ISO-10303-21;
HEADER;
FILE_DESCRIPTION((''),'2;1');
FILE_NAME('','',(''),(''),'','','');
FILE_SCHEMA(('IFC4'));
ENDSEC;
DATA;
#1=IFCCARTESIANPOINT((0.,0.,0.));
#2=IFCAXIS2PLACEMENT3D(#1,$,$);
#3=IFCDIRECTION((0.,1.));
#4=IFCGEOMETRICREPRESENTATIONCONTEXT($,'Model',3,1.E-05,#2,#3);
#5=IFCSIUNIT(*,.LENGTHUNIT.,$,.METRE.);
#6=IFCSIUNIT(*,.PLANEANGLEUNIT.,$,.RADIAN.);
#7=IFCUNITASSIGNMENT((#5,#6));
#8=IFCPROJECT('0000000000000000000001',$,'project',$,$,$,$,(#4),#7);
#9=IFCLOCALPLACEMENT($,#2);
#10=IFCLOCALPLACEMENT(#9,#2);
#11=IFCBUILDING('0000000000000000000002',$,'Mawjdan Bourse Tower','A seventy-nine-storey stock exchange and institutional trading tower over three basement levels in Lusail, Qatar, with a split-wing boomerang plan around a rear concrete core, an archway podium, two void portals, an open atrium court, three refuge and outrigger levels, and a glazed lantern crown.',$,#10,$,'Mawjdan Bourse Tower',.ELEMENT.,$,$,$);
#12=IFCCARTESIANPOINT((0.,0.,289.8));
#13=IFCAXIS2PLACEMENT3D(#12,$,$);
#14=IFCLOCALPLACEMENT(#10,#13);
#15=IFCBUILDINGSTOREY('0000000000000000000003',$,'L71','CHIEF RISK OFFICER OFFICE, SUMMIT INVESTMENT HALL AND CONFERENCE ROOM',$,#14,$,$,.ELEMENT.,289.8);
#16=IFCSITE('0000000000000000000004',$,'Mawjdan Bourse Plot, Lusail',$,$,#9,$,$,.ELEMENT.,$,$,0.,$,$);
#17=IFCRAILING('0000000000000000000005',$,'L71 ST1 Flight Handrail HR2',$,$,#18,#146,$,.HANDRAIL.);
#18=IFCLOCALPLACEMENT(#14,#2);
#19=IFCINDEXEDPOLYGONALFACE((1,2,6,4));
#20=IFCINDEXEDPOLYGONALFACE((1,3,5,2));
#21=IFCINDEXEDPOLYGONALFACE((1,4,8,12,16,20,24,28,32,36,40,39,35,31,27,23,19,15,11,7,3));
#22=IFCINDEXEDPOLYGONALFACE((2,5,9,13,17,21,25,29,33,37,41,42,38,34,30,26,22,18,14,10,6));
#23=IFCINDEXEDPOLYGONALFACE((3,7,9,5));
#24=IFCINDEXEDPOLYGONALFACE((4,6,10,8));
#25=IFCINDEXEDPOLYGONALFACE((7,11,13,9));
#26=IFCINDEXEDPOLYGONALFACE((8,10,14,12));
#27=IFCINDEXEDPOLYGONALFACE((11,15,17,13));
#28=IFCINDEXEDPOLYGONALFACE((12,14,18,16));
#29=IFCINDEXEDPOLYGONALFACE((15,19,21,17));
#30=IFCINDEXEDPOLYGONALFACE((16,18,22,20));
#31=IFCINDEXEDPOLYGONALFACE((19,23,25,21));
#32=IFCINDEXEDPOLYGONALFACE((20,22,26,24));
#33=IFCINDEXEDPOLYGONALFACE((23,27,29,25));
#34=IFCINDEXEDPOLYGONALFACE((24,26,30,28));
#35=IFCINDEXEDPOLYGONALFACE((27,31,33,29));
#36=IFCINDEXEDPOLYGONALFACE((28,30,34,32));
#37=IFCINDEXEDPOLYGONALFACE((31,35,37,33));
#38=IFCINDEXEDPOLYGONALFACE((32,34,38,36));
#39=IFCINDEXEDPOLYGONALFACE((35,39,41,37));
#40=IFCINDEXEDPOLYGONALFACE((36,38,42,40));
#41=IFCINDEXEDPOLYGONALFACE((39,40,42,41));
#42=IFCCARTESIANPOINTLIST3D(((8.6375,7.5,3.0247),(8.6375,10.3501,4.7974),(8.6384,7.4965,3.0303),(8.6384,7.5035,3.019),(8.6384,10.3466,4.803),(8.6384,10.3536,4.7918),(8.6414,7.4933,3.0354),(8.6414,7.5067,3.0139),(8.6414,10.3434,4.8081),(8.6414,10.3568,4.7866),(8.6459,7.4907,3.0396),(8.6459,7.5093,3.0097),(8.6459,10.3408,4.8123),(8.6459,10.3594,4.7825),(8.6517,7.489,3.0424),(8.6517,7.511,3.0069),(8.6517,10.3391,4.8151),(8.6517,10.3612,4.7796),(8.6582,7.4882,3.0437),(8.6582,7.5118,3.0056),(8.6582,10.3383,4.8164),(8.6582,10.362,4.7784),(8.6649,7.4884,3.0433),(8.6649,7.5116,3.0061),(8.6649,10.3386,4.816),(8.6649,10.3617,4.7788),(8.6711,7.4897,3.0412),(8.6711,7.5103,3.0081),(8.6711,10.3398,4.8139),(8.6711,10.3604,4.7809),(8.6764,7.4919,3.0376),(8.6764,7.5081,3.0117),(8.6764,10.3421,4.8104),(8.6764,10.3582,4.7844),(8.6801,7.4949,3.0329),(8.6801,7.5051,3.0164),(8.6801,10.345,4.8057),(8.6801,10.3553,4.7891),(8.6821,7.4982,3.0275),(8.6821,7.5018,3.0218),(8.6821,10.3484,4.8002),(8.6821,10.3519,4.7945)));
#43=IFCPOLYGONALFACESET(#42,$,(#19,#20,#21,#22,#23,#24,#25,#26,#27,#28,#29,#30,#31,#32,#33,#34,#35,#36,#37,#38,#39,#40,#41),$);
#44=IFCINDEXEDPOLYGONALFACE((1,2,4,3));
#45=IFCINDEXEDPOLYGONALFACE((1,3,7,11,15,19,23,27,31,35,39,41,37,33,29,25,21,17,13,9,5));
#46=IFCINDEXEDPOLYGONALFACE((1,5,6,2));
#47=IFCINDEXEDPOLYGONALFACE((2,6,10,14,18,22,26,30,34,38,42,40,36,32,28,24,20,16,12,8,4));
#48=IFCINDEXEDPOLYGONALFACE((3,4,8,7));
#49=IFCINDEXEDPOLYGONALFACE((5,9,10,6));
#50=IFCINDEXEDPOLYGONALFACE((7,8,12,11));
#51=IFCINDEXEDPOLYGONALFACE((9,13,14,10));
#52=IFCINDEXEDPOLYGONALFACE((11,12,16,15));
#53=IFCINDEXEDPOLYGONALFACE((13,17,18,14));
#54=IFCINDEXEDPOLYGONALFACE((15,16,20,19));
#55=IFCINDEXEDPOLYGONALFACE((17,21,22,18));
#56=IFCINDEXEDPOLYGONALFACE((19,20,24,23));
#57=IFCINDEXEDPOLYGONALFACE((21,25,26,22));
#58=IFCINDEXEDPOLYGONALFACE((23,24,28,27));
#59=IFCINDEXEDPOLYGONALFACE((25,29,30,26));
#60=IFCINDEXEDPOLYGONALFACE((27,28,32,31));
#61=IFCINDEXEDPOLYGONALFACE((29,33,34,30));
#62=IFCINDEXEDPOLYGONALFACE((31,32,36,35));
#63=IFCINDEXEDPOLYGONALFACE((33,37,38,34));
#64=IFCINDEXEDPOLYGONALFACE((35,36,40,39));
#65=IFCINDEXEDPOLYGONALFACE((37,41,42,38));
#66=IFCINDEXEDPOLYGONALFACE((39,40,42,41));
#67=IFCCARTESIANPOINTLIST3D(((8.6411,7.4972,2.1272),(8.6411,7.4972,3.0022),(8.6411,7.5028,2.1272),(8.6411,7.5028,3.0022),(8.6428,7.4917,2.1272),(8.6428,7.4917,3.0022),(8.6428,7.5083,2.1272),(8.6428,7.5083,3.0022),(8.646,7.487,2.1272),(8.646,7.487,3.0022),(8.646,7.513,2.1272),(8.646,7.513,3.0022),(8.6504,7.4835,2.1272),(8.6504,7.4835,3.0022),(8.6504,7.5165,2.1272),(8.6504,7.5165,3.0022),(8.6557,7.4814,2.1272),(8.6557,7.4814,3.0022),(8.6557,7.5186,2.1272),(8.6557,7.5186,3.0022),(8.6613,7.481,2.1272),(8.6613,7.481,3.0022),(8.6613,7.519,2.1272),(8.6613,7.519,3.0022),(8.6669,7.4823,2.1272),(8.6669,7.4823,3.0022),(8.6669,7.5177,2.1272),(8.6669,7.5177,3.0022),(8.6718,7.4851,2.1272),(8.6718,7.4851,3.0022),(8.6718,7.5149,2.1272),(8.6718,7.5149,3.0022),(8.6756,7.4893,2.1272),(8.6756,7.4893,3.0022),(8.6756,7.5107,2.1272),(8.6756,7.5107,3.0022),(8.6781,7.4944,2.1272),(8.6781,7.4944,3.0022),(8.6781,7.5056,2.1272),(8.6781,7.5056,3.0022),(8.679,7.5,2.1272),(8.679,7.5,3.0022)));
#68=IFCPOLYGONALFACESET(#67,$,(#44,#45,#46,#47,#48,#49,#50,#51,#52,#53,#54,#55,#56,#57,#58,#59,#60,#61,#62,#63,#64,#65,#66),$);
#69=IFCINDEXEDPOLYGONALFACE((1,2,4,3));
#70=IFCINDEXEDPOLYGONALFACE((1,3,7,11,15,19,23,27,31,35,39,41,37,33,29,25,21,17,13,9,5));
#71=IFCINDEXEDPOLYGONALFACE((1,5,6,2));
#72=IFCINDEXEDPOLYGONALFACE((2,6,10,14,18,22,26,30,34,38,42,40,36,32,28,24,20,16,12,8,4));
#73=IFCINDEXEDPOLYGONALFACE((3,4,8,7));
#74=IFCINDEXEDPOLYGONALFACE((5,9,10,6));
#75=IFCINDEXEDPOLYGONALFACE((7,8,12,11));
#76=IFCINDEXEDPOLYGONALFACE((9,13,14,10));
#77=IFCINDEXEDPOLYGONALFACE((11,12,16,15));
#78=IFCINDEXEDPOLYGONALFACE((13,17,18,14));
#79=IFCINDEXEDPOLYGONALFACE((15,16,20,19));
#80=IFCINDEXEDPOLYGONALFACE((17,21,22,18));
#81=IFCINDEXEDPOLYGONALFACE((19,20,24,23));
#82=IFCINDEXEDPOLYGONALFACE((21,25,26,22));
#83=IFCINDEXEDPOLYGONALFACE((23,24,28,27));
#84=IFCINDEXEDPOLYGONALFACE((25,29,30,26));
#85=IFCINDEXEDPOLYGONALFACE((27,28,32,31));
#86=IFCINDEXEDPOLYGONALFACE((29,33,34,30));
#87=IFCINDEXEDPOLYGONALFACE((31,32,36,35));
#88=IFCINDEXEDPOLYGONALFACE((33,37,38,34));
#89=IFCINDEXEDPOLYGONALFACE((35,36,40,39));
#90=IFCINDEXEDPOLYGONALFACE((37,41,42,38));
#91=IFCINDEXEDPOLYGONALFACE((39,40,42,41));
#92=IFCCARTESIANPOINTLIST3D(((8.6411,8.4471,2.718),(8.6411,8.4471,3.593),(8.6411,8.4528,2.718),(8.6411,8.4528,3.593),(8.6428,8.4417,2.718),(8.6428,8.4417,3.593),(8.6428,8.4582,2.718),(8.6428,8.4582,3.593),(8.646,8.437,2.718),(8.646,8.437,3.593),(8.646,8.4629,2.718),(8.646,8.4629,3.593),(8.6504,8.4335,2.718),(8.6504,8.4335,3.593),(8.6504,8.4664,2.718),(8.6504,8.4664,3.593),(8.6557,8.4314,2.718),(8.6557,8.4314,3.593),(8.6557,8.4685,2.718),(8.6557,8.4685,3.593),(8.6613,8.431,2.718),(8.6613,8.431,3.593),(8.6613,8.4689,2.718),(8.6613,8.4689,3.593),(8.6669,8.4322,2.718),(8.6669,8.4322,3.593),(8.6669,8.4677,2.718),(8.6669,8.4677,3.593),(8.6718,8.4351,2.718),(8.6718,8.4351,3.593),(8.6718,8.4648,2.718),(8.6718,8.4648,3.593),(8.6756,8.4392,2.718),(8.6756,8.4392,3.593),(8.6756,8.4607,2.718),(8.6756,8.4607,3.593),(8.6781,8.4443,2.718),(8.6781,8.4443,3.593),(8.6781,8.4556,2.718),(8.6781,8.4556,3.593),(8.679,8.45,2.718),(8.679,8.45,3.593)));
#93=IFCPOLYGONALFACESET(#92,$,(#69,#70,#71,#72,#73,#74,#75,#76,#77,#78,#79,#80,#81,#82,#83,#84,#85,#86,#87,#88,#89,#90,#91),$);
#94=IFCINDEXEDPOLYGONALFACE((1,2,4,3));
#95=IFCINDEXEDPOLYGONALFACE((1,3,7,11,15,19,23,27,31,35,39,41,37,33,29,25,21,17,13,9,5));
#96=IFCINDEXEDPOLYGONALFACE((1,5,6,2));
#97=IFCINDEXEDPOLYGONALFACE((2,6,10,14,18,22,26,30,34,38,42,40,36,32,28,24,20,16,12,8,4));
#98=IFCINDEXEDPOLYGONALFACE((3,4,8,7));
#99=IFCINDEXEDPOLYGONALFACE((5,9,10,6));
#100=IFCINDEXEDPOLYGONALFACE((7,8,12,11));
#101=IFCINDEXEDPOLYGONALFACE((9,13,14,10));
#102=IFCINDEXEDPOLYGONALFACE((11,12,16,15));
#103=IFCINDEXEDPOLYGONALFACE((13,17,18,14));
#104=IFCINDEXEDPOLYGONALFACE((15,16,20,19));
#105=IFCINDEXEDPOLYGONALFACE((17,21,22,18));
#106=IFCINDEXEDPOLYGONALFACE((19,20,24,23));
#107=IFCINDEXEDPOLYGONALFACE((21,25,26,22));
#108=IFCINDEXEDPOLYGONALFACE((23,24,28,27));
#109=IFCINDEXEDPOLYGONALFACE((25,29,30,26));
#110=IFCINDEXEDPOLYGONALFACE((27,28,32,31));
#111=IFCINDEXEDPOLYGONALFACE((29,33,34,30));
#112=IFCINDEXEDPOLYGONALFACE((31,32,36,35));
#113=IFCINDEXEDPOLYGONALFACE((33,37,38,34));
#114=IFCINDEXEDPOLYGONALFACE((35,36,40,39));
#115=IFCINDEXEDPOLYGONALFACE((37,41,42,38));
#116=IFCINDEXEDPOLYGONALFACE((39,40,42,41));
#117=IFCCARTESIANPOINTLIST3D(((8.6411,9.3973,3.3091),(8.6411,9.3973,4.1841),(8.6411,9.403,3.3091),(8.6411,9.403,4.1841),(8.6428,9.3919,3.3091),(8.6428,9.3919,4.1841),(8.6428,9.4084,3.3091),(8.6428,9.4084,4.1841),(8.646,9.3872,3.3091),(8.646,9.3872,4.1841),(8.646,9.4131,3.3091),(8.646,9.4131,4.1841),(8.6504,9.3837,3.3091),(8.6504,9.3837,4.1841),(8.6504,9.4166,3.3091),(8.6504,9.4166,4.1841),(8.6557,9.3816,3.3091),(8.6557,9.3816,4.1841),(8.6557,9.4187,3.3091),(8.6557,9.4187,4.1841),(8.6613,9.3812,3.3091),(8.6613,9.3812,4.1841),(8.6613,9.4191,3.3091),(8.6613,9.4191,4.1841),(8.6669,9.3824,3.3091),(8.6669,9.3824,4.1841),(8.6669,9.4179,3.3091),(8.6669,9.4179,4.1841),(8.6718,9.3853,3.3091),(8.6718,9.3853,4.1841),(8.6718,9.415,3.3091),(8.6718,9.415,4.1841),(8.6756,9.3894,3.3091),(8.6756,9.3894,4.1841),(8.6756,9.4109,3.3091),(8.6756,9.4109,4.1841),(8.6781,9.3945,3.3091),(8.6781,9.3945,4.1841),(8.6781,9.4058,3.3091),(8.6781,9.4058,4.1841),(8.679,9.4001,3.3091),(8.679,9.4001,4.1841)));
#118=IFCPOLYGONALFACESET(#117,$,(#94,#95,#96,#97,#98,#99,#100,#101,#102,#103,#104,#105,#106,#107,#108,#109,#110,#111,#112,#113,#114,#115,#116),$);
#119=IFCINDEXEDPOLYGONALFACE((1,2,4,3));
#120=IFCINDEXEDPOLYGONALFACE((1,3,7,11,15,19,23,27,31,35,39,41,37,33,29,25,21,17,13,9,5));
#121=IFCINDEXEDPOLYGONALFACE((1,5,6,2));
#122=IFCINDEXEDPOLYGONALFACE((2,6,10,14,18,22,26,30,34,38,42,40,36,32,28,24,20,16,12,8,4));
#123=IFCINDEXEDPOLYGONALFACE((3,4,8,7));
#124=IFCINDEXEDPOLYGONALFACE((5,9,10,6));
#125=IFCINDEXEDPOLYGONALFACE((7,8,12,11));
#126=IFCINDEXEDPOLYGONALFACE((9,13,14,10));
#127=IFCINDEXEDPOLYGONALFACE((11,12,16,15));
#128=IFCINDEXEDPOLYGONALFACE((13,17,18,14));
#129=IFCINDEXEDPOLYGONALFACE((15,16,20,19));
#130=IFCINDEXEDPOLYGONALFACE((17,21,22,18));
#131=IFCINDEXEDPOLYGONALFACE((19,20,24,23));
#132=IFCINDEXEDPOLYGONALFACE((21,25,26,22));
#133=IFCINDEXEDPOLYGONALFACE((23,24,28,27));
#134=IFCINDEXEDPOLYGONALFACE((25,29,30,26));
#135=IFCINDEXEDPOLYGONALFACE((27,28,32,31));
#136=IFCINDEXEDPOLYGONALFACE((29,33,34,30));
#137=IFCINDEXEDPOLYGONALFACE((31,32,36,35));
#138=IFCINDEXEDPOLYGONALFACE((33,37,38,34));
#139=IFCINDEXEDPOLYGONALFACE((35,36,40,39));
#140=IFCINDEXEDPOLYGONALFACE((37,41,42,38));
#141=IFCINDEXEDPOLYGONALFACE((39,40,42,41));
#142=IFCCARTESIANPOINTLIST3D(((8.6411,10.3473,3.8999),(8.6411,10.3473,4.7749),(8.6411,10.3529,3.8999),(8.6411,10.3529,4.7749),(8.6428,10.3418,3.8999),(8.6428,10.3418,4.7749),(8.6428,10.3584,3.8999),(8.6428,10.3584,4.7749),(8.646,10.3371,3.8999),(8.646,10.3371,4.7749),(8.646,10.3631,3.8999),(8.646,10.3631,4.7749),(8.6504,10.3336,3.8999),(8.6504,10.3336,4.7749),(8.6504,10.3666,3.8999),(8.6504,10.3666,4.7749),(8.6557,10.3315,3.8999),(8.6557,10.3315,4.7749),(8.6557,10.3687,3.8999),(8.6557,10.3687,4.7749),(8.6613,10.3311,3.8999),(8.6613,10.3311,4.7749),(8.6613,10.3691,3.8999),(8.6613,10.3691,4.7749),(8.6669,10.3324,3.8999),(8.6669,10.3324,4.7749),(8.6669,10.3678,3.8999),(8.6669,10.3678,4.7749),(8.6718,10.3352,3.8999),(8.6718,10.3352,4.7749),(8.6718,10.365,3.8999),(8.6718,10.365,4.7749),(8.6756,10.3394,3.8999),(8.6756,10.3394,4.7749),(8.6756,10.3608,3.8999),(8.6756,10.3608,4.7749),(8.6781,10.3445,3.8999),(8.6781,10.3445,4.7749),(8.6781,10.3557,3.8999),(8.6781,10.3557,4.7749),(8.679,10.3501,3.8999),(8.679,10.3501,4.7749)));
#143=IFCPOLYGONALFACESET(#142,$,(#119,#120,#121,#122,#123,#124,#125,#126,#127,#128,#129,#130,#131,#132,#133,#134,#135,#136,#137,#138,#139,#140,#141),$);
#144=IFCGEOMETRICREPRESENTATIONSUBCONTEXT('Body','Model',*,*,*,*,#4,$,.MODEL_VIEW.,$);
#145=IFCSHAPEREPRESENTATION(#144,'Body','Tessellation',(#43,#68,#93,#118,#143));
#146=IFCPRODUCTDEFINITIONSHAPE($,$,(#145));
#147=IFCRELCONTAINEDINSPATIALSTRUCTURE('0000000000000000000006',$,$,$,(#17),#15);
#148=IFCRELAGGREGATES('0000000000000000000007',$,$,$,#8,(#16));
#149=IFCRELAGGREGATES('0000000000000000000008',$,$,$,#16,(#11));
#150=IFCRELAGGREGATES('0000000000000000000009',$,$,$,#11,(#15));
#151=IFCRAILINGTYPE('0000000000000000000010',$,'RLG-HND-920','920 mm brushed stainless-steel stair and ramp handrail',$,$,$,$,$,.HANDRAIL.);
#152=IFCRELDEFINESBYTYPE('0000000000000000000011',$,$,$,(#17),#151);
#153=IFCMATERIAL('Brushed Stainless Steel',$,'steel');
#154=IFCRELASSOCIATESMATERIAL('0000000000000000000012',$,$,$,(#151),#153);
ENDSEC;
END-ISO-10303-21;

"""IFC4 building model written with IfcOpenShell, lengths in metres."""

from ifc_helpers import new_model, si_unit, direction, frame, origin, origin_2d, place, context, subcontext, project, spatial, circle, extrude, material, type_object, element, save


model = new_model("IFC4")

# Units and contexts
model_context = context("Model", 3, precision=1e-05, world=origin(), true_north=direction((0.0, 1.0)))
body_context = subcontext(model_context, "Body", "Model", "MODEL_VIEW")
ifc_project = project(units=[si_unit("LENGTHUNIT", "METRE"), si_unit("PLANEANGLEUNIT", "RADIAN")], contexts=[model_context])

# Site, building, storey
site_placement = place(None, origin())
site = spatial("IfcSite", under=ifc_project, at=site_placement, Name="Mawjdan Bourse Plot, Lusail", CompositionType="ELEMENT", RefElevation=0.0)
building_placement = place(site_placement, origin())
building = spatial("IfcBuilding", under=site, at=building_placement, Name="Mawjdan Bourse Tower", Description="A seventy-nine-storey stock exchange and institutional trading tower over three basement levels in Lusail, Qatar, with a split-wing boomerang plan around a rear concrete core, an archway podium, two void portals, an open atrium court, three refuge and outrigger levels, and a glazed lantern crown.", LongName="Mawjdan Bourse Tower", CompositionType="ELEMENT")
storey_placement = place(building_placement, frame((0.0, 0.0, 289.8)))
storey = spatial("IfcBuildingStorey", under=building, at=storey_placement, Name="L71", Description="CHIEF RISK OFFICER OFFICE, SUMMIT INVESTMENT HALL AND CONFERENCE ROOM", CompositionType="ELEMENT", Elevation=289.8)

# Railing
ifc_material_1 = material(Name="Brushed Stainless Steel", Category="steel")
railing_type_1 = type_object("IfcRailingType", Name="RLG-HND-920", Description="920 mm brushed stainless-steel stair and ramp handrail", PredefinedType="HANDRAIL", material=ifc_material_1)
railing_1_placement = place(storey_placement, frame((8.6599, 7.5, 2.1272)))
element("IfcRailing", 1, at=railing_1_placement, inside=storey, type_object=railing_type_1, Name="L71 ST1 Flight Handrail HR2", PredefinedType="HANDRAIL", context=body_context, shape_type="SweptSolid", body=[
    extrude(circle(Radius=0.0225, at=origin_2d()), frame((0.0, 0.0, 0.8975), z_axis=(0.0, 0.849149, 0.528154), x_axis=(-1.0, 0.0, 0.0)), (0.0, 0.0, 1.0), 3.3564),
    extrude(circle(Radius=0.019, at=origin_2d()), origin(), (0.0, 0.0, 1.0), 0.875),
    extrude(circle(Radius=0.019, at=origin_2d()), frame((0.0, 0.95, 0.5908)), (0.0, 0.0, 1.0), 0.875),
    extrude(circle(Radius=0.019, at=origin_2d()), frame((0.0, 1.9001, 1.1819)), (0.0, 0.0, 1.0), 0.875),
    extrude(circle(Radius=0.019, at=origin_2d()), frame((0.0, 2.8501, 1.7727)), (0.0, 0.0, 1.0), 0.875),
])

save(model, "model.ifc")
